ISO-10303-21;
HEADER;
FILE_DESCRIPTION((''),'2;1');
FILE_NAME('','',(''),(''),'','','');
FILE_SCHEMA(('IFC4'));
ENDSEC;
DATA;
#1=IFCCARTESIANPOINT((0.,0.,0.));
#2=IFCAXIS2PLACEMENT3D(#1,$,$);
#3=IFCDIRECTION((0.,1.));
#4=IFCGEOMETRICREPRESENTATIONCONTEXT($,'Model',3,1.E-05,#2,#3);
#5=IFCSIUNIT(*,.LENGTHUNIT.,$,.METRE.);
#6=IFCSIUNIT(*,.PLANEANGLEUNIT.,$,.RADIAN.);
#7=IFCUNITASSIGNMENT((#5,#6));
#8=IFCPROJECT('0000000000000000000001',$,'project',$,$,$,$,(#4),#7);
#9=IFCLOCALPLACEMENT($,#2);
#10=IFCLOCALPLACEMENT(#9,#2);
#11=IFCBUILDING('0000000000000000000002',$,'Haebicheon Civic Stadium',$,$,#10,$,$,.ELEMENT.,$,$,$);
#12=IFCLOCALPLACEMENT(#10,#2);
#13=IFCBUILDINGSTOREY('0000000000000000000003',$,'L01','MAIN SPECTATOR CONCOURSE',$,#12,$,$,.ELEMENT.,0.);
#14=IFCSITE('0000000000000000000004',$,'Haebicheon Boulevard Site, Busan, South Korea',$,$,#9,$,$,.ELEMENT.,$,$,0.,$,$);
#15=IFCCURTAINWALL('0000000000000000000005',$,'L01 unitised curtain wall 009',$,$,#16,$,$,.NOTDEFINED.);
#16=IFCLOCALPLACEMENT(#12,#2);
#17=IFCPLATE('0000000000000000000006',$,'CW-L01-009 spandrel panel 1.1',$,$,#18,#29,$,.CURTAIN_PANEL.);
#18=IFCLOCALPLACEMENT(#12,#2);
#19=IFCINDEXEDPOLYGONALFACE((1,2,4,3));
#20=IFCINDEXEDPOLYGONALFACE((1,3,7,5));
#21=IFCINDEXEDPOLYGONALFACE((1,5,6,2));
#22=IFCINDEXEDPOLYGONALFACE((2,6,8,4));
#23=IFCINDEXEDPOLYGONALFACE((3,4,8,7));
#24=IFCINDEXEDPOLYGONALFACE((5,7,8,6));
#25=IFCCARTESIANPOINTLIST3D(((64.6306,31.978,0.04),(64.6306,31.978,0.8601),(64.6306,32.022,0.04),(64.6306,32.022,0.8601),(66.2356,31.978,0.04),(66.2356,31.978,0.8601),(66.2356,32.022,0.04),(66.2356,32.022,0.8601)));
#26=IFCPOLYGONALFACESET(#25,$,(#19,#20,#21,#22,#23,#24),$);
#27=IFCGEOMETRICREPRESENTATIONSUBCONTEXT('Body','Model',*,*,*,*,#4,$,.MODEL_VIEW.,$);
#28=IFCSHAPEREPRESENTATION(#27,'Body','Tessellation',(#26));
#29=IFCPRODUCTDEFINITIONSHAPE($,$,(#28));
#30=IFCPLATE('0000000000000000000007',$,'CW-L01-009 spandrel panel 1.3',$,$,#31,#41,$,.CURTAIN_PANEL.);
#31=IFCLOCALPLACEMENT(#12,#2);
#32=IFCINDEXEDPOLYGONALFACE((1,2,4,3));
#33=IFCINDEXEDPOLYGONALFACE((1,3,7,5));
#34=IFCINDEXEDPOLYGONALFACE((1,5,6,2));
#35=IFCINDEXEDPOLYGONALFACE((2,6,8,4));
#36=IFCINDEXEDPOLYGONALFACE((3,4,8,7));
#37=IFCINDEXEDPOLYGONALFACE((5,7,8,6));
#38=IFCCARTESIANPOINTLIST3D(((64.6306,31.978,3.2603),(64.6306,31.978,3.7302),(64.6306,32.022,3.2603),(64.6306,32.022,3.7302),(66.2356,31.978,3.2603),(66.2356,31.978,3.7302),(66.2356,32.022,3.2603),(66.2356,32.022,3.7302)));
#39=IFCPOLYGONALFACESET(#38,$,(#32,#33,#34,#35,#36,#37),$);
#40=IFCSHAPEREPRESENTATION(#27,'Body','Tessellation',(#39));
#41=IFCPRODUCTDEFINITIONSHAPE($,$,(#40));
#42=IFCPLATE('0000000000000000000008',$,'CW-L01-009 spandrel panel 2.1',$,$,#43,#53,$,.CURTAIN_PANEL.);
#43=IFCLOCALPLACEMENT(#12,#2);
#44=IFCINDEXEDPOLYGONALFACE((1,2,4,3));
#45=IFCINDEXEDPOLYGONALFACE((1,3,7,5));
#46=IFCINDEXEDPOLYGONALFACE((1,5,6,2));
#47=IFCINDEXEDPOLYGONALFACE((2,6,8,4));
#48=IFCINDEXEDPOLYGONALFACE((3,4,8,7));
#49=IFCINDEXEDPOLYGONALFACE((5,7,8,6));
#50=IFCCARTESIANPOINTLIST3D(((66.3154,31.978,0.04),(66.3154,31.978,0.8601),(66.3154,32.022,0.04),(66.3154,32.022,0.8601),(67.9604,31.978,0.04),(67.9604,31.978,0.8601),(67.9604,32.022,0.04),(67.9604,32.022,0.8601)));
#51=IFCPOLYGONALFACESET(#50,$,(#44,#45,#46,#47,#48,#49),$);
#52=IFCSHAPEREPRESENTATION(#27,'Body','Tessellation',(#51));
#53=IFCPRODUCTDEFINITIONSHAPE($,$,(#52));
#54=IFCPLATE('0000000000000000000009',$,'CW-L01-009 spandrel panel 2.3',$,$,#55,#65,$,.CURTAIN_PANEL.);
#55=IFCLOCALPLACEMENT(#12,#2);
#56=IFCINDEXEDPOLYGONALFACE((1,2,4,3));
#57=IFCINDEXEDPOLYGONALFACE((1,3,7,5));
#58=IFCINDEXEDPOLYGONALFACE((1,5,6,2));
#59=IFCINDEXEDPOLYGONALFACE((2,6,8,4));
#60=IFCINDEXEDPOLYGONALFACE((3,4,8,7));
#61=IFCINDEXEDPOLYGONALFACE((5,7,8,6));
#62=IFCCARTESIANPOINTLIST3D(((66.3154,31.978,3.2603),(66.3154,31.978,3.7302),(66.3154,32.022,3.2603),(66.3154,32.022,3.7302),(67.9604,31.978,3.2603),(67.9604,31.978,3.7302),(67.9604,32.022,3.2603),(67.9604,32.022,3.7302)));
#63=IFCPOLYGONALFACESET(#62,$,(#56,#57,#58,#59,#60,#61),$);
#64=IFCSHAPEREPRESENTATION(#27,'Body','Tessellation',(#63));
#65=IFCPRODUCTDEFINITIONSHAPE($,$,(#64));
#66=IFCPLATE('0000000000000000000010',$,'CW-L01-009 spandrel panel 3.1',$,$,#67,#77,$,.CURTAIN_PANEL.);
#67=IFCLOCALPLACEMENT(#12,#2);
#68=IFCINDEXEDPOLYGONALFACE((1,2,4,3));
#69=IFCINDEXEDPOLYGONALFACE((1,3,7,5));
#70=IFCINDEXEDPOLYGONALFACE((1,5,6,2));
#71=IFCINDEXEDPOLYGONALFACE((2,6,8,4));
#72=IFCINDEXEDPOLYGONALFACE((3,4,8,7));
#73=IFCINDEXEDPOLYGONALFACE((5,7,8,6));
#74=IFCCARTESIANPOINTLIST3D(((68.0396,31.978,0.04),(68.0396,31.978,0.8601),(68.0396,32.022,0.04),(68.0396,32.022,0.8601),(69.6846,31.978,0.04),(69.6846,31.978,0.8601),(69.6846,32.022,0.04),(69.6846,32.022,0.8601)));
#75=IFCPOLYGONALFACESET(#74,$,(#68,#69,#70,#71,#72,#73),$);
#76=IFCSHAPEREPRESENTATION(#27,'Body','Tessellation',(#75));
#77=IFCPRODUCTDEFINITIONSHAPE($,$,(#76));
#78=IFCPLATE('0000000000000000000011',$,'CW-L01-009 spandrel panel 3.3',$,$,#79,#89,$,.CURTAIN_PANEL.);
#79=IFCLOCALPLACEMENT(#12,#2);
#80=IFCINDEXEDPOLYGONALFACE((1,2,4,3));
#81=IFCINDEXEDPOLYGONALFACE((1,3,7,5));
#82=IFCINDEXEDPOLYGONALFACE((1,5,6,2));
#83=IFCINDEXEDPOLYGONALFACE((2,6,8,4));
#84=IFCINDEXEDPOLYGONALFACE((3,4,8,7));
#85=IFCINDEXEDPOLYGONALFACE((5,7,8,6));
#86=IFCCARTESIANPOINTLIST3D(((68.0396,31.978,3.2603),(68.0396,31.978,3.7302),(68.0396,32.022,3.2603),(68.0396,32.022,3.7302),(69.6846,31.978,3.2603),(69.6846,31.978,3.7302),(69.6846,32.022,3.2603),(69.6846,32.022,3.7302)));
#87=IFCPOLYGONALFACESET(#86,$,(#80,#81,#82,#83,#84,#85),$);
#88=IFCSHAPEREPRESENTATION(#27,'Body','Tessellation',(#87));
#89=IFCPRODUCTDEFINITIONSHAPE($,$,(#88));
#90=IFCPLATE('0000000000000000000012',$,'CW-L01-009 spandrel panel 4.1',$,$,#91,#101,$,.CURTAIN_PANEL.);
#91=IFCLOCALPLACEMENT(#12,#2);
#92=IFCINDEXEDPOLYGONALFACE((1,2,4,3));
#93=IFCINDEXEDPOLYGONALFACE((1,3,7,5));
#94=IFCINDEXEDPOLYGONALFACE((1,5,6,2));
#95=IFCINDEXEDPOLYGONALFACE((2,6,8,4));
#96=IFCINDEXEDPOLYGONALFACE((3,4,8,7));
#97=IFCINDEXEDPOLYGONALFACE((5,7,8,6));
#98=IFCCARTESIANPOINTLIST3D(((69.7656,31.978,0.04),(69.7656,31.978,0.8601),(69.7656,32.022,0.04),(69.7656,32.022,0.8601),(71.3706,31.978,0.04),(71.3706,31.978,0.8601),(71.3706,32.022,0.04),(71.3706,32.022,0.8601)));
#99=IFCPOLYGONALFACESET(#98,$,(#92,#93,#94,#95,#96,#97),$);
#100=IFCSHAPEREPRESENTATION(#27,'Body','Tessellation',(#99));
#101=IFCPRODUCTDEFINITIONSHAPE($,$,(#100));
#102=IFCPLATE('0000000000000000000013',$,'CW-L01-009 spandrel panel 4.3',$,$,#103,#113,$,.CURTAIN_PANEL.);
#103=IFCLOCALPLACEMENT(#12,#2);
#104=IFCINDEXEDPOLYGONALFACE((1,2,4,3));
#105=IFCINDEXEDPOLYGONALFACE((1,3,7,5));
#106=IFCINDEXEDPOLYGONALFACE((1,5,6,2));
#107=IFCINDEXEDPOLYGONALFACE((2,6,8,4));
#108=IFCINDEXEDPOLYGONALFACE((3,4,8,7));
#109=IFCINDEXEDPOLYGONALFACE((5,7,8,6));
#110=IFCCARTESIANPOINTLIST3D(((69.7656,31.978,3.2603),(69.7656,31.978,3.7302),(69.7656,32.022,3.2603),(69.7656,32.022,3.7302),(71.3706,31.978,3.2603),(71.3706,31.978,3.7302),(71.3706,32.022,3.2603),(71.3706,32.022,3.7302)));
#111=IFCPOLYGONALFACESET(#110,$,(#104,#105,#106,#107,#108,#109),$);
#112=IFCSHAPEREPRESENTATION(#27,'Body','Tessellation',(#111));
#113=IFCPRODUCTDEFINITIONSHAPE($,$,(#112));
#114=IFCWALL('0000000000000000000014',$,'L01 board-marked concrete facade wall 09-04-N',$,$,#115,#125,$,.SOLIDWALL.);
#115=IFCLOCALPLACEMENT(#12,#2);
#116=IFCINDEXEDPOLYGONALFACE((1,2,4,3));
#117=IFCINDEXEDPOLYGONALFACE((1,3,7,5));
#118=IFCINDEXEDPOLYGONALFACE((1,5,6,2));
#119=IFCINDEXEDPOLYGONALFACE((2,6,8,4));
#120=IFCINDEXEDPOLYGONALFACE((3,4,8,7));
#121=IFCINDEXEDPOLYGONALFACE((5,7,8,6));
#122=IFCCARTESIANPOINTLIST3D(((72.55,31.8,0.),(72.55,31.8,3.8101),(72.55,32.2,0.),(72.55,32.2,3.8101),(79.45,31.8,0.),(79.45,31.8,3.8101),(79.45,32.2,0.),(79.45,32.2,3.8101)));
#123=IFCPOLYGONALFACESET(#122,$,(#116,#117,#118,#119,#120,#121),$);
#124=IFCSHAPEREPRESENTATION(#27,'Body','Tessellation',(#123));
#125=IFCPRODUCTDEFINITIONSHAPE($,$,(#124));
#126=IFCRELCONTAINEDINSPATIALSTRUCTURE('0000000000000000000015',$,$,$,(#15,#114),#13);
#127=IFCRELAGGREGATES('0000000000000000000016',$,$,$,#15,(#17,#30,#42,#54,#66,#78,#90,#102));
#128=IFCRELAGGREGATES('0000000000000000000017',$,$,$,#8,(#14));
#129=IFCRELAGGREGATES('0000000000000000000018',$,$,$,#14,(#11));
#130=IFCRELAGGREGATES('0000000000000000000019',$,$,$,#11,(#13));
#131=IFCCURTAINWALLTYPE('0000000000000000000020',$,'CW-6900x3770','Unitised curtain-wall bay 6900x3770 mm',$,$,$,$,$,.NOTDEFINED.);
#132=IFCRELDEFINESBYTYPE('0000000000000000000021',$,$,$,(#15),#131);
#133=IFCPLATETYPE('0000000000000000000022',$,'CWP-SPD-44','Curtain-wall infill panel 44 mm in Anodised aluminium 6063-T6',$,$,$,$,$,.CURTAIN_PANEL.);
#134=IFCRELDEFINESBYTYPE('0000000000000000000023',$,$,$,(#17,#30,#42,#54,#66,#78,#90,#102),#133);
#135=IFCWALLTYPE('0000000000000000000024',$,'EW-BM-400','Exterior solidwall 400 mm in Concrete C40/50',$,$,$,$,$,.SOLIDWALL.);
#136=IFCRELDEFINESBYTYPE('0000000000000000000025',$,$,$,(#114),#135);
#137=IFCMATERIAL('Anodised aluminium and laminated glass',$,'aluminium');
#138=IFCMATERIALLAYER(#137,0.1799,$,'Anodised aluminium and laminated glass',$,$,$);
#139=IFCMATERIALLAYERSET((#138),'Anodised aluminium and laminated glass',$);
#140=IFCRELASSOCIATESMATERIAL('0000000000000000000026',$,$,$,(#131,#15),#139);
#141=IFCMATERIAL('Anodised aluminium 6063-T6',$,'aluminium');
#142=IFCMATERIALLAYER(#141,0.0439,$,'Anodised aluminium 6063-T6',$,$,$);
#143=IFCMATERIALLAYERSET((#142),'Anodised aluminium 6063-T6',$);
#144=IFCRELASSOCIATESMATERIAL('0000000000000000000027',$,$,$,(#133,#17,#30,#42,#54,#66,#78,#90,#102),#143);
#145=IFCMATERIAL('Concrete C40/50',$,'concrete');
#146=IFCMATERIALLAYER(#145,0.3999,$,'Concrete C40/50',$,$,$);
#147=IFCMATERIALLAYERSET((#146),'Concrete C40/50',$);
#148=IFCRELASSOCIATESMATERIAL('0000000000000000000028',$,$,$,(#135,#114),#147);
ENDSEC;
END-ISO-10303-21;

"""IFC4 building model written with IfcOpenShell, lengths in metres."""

from ifc_helpers import new_model, si_unit, direction, frame, frame_2d, origin, origin_2d, place, context, subcontext, project, spatial, rectangle, extrude, material, layer, layer_set, type_object, element, aggregate, save


model = new_model("IFC4")

# Units and contexts
model_context = context("Model", 3, precision=1e-05, world=origin(), true_north=direction((0.0, 1.0)))
body_context = subcontext(model_context, "Body", "Model", "MODEL_VIEW")
ifc_project = project(units=[si_unit("LENGTHUNIT", "METRE"), si_unit("PLANEANGLEUNIT", "RADIAN")], contexts=[model_context])

# Site, building, storey
site_placement = place(None, origin())
site = spatial("IfcSite", under=ifc_project, at=site_placement, Name="Haebicheon Boulevard Site, Busan, South Korea", CompositionType="ELEMENT", RefElevation=0.0)
building_placement = place(site_placement, origin())
building = spatial("IfcBuilding", under=site, at=building_placement, Name="Haebicheon Civic Stadium", CompositionType="ELEMENT")
storey_placement = place(building_placement, origin())
storey = spatial("IfcBuildingStorey", under=building, at=storey_placement, Name="L01", Description="MAIN SPECTATOR CONCOURSE", CompositionType="ELEMENT", Elevation=0.0)

# Curtain wall
ifc_material_1 = material(Name="Anodised aluminium and laminated glass", Category="aluminium")
ifc_layer_1 = layer(ifc_material_1, 0.1799, Name="Anodised aluminium and laminated glass")
ifc_layer_set_1 = layer_set([ifc_layer_1], Name="Anodised aluminium and laminated glass")
curtain_wall_type = type_object("IfcCurtainWallType", Name="CW-6900x3770", Description="Unitised curtain-wall bay 6900x3770 mm", PredefinedType="NOTDEFINED", material=ifc_layer_set_1)
curtain_wall_placement = place(storey_placement, origin())
curtain_wall = element("IfcCurtainWall", 1, at=curtain_wall_placement, inside=storey, type_object=curtain_wall_type, material=ifc_layer_set_1, Name="L01 unitised curtain wall 009", PredefinedType="NOTDEFINED")

# Plates
ifc_material_2 = material(Name="Anodised aluminium 6063-T6", Category="aluminium")
ifc_layer_2 = layer(ifc_material_2, 0.0439, Name="Anodised aluminium 6063-T6")
ifc_layer_set_2 = layer_set([ifc_layer_2], Name="Anodised aluminium 6063-T6")
plate_type_1 = type_object("IfcPlateType", Name="CWP-SPD-44", Description="Curtain-wall infill panel 44 mm in Anodised aluminium 6063-T6", PredefinedType="CURTAIN_PANEL", material=ifc_layer_set_2)
plate_1_placement = place(storey_placement, frame((65.4331, 32.0, 0.04), z_axis=(0.0, 0.0, 1.0), x_axis=(1.0, 0.0, 0.0)))
plate_1 = element("IfcPlate", 2, at=plate_1_placement, type_object=plate_type_1, material=ifc_layer_set_2, Name="CW-L01-009 spandrel panel 1.1", PredefinedType="CURTAIN_PANEL", context=body_context, shape_type="SweptSolid", body=[
    extrude(rectangle(XDim=1.605, YDim=0.0439, at=origin_2d()), origin(), (0.0, 0.0, 1.0), 0.8201),
])
plate_2_placement = place(storey_placement, frame((65.4331, 32.0, 3.2603), z_axis=(0.0, 0.0, 1.0), x_axis=(1.0, 0.0, 0.0)))
plate_2 = element("IfcPlate", 3, at=plate_2_placement, type_object=plate_type_1, material=ifc_layer_set_2, Name="CW-L01-009 spandrel panel 1.3", PredefinedType="CURTAIN_PANEL", context=body_context, shape_type="SweptSolid", body=[
    extrude(rectangle(XDim=1.605, YDim=0.0439, at=origin_2d()), origin(), (0.0, 0.0, 1.0), 0.47),
])
plate_3_placement = place(storey_placement, frame((67.1379, 32.0, 0.04), z_axis=(0.0, 0.0, 1.0), x_axis=(1.0, 0.0, 0.0)))
plate_3 = element("IfcPlate", 4, at=plate_3_placement, type_object=plate_type_1, material=ifc_layer_set_2, Name="CW-L01-009 spandrel panel 2.1", PredefinedType="CURTAIN_PANEL", context=body_context, shape_type="SweptSolid", body=[
    extrude(rectangle(XDim=1.645, YDim=0.0439, at=origin_2d()), origin(), (0.0, 0.0, 1.0), 0.8201),
])
plate_4_placement = place(storey_placement, frame((67.1379, 32.0, 3.2603), z_axis=(0.0, 0.0, 1.0), x_axis=(1.0, 0.0, 0.0)))
plate_4 = element("IfcPlate", 5, at=plate_4_placement, type_object=plate_type_1, material=ifc_layer_set_2, Name="CW-L01-009 spandrel panel 2.3", PredefinedType="CURTAIN_PANEL", context=body_context, shape_type="SweptSolid", body=[
    extrude(rectangle(XDim=1.645, YDim=0.0439, at=origin_2d()), origin(), (0.0, 0.0, 1.0), 0.47),
])
plate_5_placement = place(storey_placement, frame((68.8621, 32.0, 0.04), z_axis=(0.0, 0.0, 1.0), x_axis=(1.0, 0.0, 0.0)))
plate_5 = element("IfcPlate", 6, at=plate_5_placement, type_object=plate_type_1, material=ifc_layer_set_2, Name="CW-L01-009 spandrel panel 3.1", PredefinedType="CURTAIN_PANEL", context=body_context, shape_type="SweptSolid", body=[
    extrude(rectangle(XDim=1.645, YDim=0.0439, at=origin_2d()), origin(), (0.0, 0.0, 1.0), 0.8201),
])
plate_6_placement = place(storey_placement, frame((68.8621, 32.0, 3.2603), z_axis=(0.0, 0.0, 1.0), x_axis=(1.0, 0.0, 0.0)))
plate_6 = element("IfcPlate", 7, at=plate_6_placement, type_object=plate_type_1, material=ifc_layer_set_2, Name="CW-L01-009 spandrel panel 3.3", PredefinedType="CURTAIN_PANEL", context=body_context, shape_type="SweptSolid", body=[
    extrude(rectangle(XDim=1.645, YDim=0.0439, at=origin_2d()), origin(), (0.0, 0.0, 1.0), 0.47),
])
plate_7_placement = place(storey_placement, frame((70.5681, 32.0, 0.04), z_axis=(0.0, 0.0, 1.0), x_axis=(1.0, 0.0, 0.0)))
plate_7 = element("IfcPlate", 8, at=plate_7_placement, type_object=plate_type_1, material=ifc_layer_set_2, Name="CW-L01-009 spandrel panel 4.1", PredefinedType="CURTAIN_PANEL", context=body_context, shape_type="SweptSolid", body=[
    extrude(rectangle(XDim=1.605, YDim=0.0439, at=origin_2d()), origin(), (0.0, 0.0, 1.0), 0.8201),
])
plate_8_placement = place(storey_placement, frame((70.5681, 32.0, 3.2603), z_axis=(0.0, 0.0, 1.0), x_axis=(1.0, 0.0, 0.0)))
plate_8 = element("IfcPlate", 9, at=plate_8_placement, type_object=plate_type_1, material=ifc_layer_set_2, Name="CW-L01-009 spandrel panel 4.3", PredefinedType="CURTAIN_PANEL", context=body_context, shape_type="SweptSolid", body=[
    extrude(rectangle(XDim=1.605, YDim=0.0439, at=origin_2d()), origin(), (0.0, 0.0, 1.0), 0.47),
])
aggregate(curtain_wall, [plate_1, plate_2, plate_3, plate_4, plate_5, plate_6, plate_7, plate_8])

# Wall
ifc_material_3 = material(Name="Concrete C40/50", Category="concrete")
ifc_layer_3 = layer(ifc_material_3, 0.3999, Name="Concrete C40/50")
ifc_layer_set_3 = layer_set([ifc_layer_3], Name="Concrete C40/50")
wall_type = type_object("IfcWallType", Name="EW-BM-400", Description="Exterior solidwall 400 mm in Concrete C40/50", PredefinedType="SOLIDWALL", material=ifc_layer_set_3)
wall_placement = place(storey_placement, frame((72.55, 32.0, 0.0), z_axis=(0.0, 0.0, 1.0), x_axis=(1.0, 0.0, 0.0)))
element("IfcWall", 10, at=wall_placement, inside=storey, type_object=wall_type, material=ifc_layer_set_3, Name="L01 board-marked concrete facade wall 09-04-N", PredefinedType="SOLIDWALL", context=body_context, shape_type="SweptSolid", body=[
    extrude(rectangle(XDim=6.8999, YDim=0.3999, at=frame_2d((3.45, 0.0))), origin(), (0.0, 0.0, 1.0), 3.8101),
])

save(model, "model.ifc")
